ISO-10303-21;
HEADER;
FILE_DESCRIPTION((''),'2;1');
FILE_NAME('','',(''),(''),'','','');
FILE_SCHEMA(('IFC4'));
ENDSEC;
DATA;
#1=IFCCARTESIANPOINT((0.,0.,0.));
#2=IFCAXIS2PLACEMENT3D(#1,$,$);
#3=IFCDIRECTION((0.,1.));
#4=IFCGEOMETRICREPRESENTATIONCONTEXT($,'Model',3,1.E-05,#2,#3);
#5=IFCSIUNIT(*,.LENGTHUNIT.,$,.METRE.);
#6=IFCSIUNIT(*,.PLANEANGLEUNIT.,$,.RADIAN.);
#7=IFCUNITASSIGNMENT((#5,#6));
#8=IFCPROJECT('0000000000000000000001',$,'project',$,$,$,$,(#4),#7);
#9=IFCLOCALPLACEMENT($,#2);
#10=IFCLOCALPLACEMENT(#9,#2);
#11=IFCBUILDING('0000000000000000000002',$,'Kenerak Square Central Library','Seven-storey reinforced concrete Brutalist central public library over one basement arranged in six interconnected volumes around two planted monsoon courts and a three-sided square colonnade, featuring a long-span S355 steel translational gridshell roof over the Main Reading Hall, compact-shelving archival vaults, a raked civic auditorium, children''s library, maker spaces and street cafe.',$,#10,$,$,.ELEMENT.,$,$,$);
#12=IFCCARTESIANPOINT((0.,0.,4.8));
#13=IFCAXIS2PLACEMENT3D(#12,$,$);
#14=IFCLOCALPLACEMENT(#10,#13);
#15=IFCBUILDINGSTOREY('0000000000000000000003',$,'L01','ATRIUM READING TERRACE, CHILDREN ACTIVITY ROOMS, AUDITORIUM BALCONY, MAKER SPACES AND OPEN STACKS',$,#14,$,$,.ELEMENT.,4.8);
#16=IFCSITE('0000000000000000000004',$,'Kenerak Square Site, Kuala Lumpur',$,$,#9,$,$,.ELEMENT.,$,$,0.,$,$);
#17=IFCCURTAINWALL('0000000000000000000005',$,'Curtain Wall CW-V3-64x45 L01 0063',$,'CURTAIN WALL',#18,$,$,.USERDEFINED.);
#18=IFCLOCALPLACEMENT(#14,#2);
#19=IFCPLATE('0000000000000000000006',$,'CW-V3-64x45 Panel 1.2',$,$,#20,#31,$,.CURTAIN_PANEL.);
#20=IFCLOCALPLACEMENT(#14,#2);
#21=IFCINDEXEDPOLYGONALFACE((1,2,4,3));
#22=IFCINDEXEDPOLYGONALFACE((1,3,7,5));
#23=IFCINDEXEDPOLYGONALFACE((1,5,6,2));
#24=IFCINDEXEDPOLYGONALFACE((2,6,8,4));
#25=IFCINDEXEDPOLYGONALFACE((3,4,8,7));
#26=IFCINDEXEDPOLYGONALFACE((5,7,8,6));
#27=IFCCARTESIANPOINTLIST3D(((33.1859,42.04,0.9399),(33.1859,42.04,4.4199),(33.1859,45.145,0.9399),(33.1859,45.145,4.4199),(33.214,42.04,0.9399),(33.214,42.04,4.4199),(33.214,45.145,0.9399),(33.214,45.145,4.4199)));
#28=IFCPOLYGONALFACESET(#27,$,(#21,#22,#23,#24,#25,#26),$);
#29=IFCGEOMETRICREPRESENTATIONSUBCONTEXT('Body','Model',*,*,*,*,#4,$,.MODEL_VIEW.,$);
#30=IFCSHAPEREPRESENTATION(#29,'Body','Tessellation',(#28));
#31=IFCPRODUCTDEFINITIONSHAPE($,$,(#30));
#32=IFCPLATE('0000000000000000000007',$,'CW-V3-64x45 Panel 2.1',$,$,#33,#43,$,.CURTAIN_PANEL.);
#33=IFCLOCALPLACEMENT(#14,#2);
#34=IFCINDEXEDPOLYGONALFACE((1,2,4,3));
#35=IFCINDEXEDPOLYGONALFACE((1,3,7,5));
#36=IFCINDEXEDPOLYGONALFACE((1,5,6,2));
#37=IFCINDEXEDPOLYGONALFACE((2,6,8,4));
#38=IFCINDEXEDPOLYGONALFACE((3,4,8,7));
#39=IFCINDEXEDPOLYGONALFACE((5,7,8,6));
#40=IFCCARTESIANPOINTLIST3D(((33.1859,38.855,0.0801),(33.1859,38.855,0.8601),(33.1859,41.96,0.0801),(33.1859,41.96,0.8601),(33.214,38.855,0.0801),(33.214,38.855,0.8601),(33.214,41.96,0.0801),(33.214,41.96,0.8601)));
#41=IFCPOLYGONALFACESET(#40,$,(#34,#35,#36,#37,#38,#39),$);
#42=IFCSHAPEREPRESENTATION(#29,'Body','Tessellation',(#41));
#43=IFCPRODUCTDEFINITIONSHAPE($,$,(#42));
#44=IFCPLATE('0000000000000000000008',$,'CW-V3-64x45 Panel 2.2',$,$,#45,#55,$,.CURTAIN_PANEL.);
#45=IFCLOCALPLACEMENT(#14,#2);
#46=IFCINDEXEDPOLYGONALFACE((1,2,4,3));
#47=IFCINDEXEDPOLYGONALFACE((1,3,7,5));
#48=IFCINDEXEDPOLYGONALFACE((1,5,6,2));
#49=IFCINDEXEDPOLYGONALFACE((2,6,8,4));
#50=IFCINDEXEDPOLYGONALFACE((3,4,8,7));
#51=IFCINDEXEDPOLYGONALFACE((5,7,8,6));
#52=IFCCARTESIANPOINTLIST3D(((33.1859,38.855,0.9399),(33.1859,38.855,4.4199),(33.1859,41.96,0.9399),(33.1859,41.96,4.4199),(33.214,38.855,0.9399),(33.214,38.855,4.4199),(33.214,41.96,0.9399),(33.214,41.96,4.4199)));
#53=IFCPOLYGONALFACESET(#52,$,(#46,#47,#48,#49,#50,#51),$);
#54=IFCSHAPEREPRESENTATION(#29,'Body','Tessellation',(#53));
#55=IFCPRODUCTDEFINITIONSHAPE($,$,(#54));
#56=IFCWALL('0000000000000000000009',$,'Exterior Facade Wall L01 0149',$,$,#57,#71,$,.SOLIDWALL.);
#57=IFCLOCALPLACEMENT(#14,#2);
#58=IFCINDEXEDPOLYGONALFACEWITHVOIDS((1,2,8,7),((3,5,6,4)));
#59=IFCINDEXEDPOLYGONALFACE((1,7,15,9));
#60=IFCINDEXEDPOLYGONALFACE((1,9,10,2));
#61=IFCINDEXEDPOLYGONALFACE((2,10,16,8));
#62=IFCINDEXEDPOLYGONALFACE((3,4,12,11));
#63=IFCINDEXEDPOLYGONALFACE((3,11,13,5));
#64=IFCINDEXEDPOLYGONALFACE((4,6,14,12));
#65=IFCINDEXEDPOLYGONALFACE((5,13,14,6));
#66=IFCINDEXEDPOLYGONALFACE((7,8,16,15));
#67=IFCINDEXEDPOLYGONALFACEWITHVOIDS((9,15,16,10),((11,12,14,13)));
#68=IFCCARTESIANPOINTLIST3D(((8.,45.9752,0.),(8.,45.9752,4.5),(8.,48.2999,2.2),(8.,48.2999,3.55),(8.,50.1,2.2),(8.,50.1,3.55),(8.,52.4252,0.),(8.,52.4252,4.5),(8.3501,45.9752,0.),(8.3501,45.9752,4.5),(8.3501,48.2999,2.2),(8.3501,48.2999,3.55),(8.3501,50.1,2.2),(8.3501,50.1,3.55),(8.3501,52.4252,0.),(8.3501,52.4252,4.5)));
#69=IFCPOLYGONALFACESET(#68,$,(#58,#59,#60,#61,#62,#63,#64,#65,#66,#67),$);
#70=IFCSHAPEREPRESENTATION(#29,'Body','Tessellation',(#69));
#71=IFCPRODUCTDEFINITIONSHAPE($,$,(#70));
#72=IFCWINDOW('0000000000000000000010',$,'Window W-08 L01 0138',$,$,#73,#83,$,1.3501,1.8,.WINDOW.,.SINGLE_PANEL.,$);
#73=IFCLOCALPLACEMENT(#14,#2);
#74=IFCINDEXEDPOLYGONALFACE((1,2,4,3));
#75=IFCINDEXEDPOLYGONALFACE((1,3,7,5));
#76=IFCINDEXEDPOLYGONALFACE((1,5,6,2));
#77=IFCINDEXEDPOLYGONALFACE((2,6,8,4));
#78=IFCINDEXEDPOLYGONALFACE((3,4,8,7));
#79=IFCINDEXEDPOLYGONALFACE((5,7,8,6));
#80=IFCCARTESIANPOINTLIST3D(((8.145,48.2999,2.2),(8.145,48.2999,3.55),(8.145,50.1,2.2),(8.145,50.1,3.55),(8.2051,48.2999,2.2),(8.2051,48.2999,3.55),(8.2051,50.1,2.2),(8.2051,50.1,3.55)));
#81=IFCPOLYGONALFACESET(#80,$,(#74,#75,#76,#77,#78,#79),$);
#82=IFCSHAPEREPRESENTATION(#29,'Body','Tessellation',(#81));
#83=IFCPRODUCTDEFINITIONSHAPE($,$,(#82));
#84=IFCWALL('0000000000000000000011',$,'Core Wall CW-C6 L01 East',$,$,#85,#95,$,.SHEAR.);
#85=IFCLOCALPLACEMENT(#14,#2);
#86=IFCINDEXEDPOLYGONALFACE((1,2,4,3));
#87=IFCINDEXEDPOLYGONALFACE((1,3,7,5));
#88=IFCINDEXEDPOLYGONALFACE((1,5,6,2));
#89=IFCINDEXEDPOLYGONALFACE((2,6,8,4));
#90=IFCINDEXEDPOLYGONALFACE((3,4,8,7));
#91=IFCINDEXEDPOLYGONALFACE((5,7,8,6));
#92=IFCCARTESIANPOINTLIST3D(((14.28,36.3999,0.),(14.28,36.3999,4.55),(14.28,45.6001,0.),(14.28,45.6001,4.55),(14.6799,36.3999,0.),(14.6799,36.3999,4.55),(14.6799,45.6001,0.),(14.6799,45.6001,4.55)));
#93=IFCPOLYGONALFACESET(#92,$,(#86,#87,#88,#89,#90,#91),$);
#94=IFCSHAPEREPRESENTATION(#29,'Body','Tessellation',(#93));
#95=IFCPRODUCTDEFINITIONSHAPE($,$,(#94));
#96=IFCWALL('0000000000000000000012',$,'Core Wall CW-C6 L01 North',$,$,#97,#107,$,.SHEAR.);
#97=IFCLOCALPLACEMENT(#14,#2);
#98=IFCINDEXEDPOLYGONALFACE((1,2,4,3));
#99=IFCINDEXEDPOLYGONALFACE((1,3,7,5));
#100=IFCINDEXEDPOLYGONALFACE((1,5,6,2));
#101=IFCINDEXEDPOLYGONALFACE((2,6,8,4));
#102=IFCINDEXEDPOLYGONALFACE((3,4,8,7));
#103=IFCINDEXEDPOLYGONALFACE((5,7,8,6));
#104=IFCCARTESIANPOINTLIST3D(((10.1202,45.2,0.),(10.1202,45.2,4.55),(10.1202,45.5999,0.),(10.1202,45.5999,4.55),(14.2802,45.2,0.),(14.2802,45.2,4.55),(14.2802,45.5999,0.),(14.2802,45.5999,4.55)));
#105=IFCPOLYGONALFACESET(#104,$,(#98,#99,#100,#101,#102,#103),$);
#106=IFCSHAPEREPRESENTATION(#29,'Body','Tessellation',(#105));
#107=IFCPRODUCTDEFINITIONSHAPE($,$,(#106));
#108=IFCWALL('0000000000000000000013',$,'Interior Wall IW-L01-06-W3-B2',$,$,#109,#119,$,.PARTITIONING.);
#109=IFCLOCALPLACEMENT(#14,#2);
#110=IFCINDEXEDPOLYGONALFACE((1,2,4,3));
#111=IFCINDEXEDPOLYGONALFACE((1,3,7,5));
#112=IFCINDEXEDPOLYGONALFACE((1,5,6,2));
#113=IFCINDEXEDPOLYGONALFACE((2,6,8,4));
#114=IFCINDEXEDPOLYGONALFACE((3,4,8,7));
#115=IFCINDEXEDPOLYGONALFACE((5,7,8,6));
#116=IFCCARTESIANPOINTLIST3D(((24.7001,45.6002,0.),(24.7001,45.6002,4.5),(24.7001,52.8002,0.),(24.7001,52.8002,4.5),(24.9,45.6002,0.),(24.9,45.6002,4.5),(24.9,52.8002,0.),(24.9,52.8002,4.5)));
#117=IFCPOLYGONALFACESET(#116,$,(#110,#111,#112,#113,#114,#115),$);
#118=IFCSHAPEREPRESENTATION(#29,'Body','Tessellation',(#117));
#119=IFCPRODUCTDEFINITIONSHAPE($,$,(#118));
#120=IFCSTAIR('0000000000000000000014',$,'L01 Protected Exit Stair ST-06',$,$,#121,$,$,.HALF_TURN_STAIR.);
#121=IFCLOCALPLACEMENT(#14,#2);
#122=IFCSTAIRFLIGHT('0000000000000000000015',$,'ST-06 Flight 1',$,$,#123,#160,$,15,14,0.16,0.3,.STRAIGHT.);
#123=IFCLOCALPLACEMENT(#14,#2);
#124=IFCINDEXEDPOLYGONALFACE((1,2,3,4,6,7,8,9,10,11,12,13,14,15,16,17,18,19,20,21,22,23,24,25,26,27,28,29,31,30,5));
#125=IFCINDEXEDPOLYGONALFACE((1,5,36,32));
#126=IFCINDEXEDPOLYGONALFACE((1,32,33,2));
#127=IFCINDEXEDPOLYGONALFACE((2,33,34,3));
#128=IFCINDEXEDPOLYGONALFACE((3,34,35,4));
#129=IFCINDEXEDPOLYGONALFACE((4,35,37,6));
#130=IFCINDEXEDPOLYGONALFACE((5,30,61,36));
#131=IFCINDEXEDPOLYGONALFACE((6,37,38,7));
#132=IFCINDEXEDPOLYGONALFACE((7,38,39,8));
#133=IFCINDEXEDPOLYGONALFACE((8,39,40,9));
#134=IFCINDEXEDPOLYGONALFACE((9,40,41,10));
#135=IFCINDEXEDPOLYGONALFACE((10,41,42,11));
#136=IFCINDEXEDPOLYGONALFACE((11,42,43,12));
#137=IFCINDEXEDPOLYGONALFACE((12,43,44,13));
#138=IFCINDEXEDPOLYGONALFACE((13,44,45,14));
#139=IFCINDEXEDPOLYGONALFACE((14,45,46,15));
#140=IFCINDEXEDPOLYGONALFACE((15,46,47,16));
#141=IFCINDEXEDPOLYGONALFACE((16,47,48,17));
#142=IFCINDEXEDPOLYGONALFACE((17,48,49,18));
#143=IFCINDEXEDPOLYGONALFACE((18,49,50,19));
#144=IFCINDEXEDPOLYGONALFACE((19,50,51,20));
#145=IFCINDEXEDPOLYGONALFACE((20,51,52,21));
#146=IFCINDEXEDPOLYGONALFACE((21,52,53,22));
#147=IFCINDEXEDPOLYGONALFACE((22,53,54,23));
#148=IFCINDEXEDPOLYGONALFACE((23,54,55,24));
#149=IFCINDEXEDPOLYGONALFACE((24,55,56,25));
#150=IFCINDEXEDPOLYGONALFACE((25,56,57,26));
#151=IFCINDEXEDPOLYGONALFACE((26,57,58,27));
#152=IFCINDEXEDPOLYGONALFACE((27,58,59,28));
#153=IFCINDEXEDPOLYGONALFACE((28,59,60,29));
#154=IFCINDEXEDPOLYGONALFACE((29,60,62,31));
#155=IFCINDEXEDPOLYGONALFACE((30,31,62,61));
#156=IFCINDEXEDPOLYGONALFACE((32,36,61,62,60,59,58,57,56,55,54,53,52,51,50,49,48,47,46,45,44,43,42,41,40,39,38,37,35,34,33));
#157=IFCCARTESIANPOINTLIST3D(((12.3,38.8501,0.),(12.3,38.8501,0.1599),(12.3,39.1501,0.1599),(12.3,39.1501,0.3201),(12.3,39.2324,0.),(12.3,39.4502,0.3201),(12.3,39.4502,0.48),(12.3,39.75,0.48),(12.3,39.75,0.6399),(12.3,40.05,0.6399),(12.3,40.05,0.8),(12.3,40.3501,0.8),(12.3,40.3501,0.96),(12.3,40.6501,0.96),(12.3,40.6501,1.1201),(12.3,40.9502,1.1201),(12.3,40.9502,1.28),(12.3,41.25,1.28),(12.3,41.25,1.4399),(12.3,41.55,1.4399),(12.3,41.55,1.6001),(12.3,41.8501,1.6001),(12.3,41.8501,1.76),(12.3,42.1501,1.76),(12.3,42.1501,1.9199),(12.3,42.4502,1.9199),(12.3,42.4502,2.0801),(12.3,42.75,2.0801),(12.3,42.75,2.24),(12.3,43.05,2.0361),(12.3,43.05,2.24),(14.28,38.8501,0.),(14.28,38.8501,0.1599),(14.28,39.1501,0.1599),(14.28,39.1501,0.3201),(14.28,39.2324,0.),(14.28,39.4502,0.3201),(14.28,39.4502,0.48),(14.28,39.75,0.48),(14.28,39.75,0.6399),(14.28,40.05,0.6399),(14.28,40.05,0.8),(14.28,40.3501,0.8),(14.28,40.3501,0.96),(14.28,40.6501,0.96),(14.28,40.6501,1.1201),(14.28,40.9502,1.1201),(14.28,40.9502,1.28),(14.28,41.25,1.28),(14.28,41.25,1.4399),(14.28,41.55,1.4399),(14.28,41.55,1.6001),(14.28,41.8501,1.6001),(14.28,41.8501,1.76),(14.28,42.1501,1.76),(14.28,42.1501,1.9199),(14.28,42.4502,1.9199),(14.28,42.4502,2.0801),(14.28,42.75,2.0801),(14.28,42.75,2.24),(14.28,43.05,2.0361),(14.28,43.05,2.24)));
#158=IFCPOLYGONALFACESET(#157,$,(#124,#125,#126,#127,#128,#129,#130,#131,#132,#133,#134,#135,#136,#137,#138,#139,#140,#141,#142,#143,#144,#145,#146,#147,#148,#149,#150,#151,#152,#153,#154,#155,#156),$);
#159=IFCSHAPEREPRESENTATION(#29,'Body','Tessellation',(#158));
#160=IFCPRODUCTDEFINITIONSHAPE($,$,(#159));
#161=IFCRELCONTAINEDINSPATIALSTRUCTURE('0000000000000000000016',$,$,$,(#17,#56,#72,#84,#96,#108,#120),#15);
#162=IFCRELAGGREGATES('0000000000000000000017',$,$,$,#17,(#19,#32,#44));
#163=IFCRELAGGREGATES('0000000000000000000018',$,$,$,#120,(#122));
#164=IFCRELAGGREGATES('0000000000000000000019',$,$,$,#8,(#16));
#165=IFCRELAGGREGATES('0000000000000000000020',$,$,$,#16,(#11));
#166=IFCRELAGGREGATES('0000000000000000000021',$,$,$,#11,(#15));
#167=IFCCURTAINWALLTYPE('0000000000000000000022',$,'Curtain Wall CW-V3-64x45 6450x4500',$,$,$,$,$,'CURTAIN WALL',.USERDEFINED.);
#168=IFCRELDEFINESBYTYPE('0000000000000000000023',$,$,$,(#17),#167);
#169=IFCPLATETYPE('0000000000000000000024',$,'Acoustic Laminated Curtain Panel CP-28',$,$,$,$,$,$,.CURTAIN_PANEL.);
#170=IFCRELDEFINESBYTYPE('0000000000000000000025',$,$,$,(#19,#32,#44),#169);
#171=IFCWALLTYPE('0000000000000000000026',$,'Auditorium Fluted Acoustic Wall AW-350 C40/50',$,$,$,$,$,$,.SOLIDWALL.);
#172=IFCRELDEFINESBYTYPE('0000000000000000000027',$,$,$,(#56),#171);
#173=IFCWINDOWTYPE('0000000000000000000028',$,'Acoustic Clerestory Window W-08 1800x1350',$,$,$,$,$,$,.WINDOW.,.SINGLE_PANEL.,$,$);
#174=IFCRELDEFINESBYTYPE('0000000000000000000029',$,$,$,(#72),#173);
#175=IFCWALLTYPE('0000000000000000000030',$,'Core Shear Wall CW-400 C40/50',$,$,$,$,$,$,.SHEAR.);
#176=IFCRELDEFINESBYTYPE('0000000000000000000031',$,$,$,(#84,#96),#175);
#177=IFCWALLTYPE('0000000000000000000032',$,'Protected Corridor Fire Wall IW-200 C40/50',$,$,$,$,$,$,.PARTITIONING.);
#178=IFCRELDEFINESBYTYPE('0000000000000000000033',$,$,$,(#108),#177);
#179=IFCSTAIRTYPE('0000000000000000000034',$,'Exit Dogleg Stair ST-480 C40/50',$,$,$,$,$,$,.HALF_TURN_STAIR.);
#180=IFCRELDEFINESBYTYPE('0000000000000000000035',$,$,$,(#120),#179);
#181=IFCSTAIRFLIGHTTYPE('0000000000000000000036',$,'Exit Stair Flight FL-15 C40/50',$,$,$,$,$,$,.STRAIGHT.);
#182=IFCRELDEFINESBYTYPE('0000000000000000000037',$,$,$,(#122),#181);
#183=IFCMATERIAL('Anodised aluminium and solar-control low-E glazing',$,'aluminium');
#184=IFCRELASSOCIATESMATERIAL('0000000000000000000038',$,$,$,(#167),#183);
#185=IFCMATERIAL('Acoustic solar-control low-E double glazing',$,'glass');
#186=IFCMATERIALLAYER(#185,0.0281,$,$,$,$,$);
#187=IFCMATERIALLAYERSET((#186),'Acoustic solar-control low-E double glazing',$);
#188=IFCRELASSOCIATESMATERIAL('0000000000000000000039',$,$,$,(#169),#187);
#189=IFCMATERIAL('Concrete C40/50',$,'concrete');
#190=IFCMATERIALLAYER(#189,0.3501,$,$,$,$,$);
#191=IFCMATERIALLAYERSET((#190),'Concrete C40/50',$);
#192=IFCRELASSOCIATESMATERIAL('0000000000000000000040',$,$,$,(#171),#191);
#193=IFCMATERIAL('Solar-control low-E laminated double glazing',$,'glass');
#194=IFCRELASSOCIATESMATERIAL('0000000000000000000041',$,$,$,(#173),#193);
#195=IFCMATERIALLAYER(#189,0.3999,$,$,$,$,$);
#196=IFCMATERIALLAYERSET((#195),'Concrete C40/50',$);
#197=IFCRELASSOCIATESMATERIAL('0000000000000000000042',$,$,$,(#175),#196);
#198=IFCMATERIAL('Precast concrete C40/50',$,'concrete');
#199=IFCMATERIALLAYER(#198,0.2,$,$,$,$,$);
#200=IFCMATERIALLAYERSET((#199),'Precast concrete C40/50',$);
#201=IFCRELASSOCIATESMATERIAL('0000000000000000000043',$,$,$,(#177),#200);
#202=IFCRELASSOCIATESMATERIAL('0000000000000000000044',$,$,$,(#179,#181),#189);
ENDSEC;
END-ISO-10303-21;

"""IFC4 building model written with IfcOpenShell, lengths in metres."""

from ifc_helpers import new_model, si_unit, direction, frame, frame_2d, origin, origin_2d, place, context, subcontext, project, spatial, polyline, rectangle, outline, extrude, material, layer, layer_set, type_object, element, fill, aggregate, save


model = new_model("IFC4")

# Units and contexts
model_context = context("Model", 3, precision=1e-05, world=origin(), true_north=direction((0.0, 1.0)))
body_context = subcontext(model_context, "Body", "Model", "MODEL_VIEW")
ifc_project = project(units=[si_unit("LENGTHUNIT", "METRE"), si_unit("PLANEANGLEUNIT", "RADIAN")], contexts=[model_context])

# Site, building, storey
site_placement = place(None, origin())
site = spatial("IfcSite", under=ifc_project, at=site_placement, Name="Kenerak Square Site, Kuala Lumpur", CompositionType="ELEMENT", RefElevation=0.0)
building_placement = place(site_placement, origin())
building = spatial("IfcBuilding", under=site, at=building_placement, Name="Kenerak Square Central Library", Description="Seven-storey reinforced concrete Brutalist central public library over one basement arranged in six interconnected volumes around two planted monsoon courts and a three-sided square colonnade, featuring a long-span S355 steel translational gridshell roof over the Main Reading Hall, compact-shelving archival vaults, a raked civic auditorium, children's library, maker spaces and street cafe.", CompositionType="ELEMENT")
storey_placement = place(building_placement, frame((0.0, 0.0, 4.8)))
storey = spatial("IfcBuildingStorey", under=building, at=storey_placement, Name="L01", Description="ATRIUM READING TERRACE, CHILDREN ACTIVITY ROOMS, AUDITORIUM BALCONY, MAKER SPACES AND OPEN STACKS", CompositionType="ELEMENT", Elevation=4.8)

# Shared definitions
ifc_material_1 = material(Name="Concrete C40/50", Category="concrete")

# Curtain wall
ifc_material_2 = material(Name="Anodised aluminium and solar-control low-E glazing", Category="aluminium")
curtain_wall_type = type_object("IfcCurtainWallType", Name="Curtain Wall CW-V3-64x45 6450x4500", ElementType="CURTAIN WALL", PredefinedType="USERDEFINED", material=ifc_material_2)
curtain_wall_placement = place(storey_placement, origin())
curtain_wall = element("IfcCurtainWall", 1, at=curtain_wall_placement, inside=storey, type_object=curtain_wall_type, Name="Curtain Wall CW-V3-64x45 L01 0063", ObjectType="CURTAIN WALL", PredefinedType="USERDEFINED")

# Plates
ifc_material_3 = material(Name="Acoustic solar-control low-E double glazing", Category="glass")
ifc_layer_1 = layer(ifc_material_3, 0.0281)
ifc_layer_set_1 = layer_set([ifc_layer_1], Name="Acoustic solar-control low-E double glazing")
plate_type = type_object("IfcPlateType", Name="Acoustic Laminated Curtain Panel CP-28", PredefinedType="CURTAIN_PANEL", material=ifc_layer_set_1)
plate_1_placement = place(storey_placement, frame((33.2, 43.5925, 0.9399), z_axis=(0.0, 0.0, 1.0), x_axis=(0.0, -1.0, 0.0)))
plate_1 = element("IfcPlate", 2, at=plate_1_placement, type_object=plate_type, Name="CW-V3-64x45 Panel 1.2", PredefinedType="CURTAIN_PANEL", context=body_context, shape_type="SweptSolid", body=[
    extrude(rectangle(XDim=3.105, YDim=0.0281, at=origin_2d()), origin(), (0.0, 0.0, 1.0), 3.48),
])
plate_2_placement = place(storey_placement, frame((33.2, 40.4075, 0.0801), z_axis=(0.0, 0.0, 1.0), x_axis=(0.0, -1.0, 0.0)))
plate_2 = element("IfcPlate", 3, at=plate_2_placement, type_object=plate_type, Name="CW-V3-64x45 Panel 2.1", PredefinedType="CURTAIN_PANEL", context=body_context, shape_type="SweptSolid", body=[
    extrude(rectangle(XDim=3.105, YDim=0.0281, at=origin_2d()), origin(), (0.0, 0.0, 1.0), 0.78),
])
plate_3_placement = place(storey_placement, frame((33.2, 40.4075, 0.9399), z_axis=(0.0, 0.0, 1.0), x_axis=(0.0, -1.0, 0.0)))
plate_3 = element("IfcPlate", 4, at=plate_3_placement, type_object=plate_type, Name="CW-V3-64x45 Panel 2.2", PredefinedType="CURTAIN_PANEL", context=body_context, shape_type="SweptSolid", body=[
    extrude(rectangle(XDim=3.105, YDim=0.0281, at=origin_2d()), origin(), (0.0, 0.0, 1.0), 3.48),
])
aggregate(curtain_wall, [plate_1, plate_2, plate_3])

# Wall, opening, window
ifc_layer_2 = layer(ifc_material_1, 0.3501)
ifc_layer_set_2 = layer_set([ifc_layer_2], Name="Concrete C40/50")
wall_type_1 = type_object("IfcWallType", Name="Auditorium Fluted Acoustic Wall AW-350 C40/50", PredefinedType="SOLIDWALL", material=ifc_layer_set_2)
wall_1_placement = place(storey_placement, frame((8.175, 45.9751, 0.0), z_axis=(0.0, 0.0, 1.0), x_axis=(0.0, 1.0, 0.0)))
wall_1 = element("IfcWall", 5, at=wall_1_placement, inside=storey, type_object=wall_type_1, Name="Exterior Facade Wall L01 0149", PredefinedType="SOLIDWALL", context=body_context, shape_type="SweptSolid", body=[
    extrude(rectangle(XDim=6.45, YDim=0.3501, at=frame_2d((3.2251, 0.0))), origin(), (0.0, 0.0, 1.0), 4.5),
])
opening_placement = place(wall_1_placement, frame((2.325, 0.0, 2.2)))
opening = element("IfcOpeningElement", 6, at=opening_placement, cuts=wall_1, PredefinedType="OPENING", context=body_context, shape_type="SweptSolid", body=[
    extrude(rectangle(XDim=1.8, YDim=1.3501, at=frame_2d((0.8999, 0.675))), frame((0.0, 0.1851, 0.0), z_axis=(0.0, -1.0, 0.0), x_axis=(1.0, 0.0, 0.0)), (0.0, 0.0, 1.0), 0.3701),
])
ifc_material_4 = material(Name="Solar-control low-E laminated double glazing", Category="glass")
window_type = type_object("IfcWindowType", Name="Acoustic Clerestory Window W-08 1800x1350", PartitioningType="SINGLE_PANEL", PredefinedType="WINDOW", material=ifc_material_4)
window_placement = place(opening_placement, origin())
window = element("IfcWindow", 7, at=window_placement, inside=storey, type_object=window_type, Name="Window W-08 L01 0138", OverallHeight=1.3501, OverallWidth=1.8, PartitioningType="SINGLE_PANEL", PredefinedType="WINDOW", context=body_context, shape_type="SweptSolid", body=[
    extrude(rectangle(XDim=1.8, YDim=1.3501, at=frame_2d((0.8999, 0.675))), frame((0.0, 0.03, 0.0), z_axis=(0.0, -1.0, 0.0), x_axis=(1.0, 0.0, 0.0)), (0.0, 0.0, 1.0), 0.0601),
])
fill(opening, window)

# Walls
ifc_layer_3 = layer(ifc_material_1, 0.3999)
ifc_layer_set_3 = layer_set([ifc_layer_3], Name="Concrete C40/50")
wall_type_2 = type_object("IfcWallType", Name="Core Shear Wall CW-400 C40/50", PredefinedType="SHEAR", material=ifc_layer_set_3)
wall_2_placement = place(storey_placement, frame((14.48, 45.6001, 0.0), z_axis=(0.0, 0.0, 1.0), x_axis=(0.0, -1.0, 0.0)))
element("IfcWall", 8, at=wall_2_placement, inside=storey, type_object=wall_type_2, Name="Core Wall CW-C6 L01 East", PredefinedType="SHEAR", context=body_context, shape_type="SweptSolid", body=[
    extrude(rectangle(XDim=9.2002, YDim=0.3999, at=frame_2d((4.6001, 0.0))), origin(), (0.0, 0.0, 1.0), 4.55),
])
wall_3_placement = place(storey_placement, frame((10.1201, 45.3999, 0.0), z_axis=(0.0, 0.0, 1.0), x_axis=(1.0, 0.0, 0.0)))
element("IfcWall", 9, at=wall_3_placement, inside=storey, type_object=wall_type_2, Name="Core Wall CW-C6 L01 North", PredefinedType="SHEAR", context=body_context, shape_type="SweptSolid", body=[
    extrude(rectangle(XDim=4.1599, YDim=0.3999, at=frame_2d((2.0801, 0.0))), origin(), (0.0, 0.0, 1.0), 4.55),
])
ifc_material_5 = material(Name="Precast concrete C40/50", Category="concrete")
ifc_layer_4 = layer(ifc_material_5, 0.2)
ifc_layer_set_4 = layer_set([ifc_layer_4], Name="Precast concrete C40/50")
wall_type_3 = type_object("IfcWallType", Name="Protected Corridor Fire Wall IW-200 C40/50", PredefinedType="PARTITIONING", material=ifc_layer_set_4)
wall_4_placement = place(storey_placement, frame((24.8, 45.6001, 0.0), z_axis=(0.0, 0.0, 1.0), x_axis=(0.0, 1.0, 0.0)))
element("IfcWall", 10, at=wall_4_placement, inside=storey, type_object=wall_type_3, Name="Interior Wall IW-L01-06-W3-B2", PredefinedType="PARTITIONING", context=body_context, shape_type="SweptSolid", body=[
    extrude(rectangle(XDim=7.2, YDim=0.2, at=frame_2d((3.6001, 0.0))), origin(), (0.0, 0.0, 1.0), 4.5),
])

# Stair, stair flight
stair_type = type_object("IfcStairType", Name="Exit Dogleg Stair ST-480 C40/50", PredefinedType="HALF_TURN_STAIR", material=ifc_material_1)
stair_placement = place(storey_placement, origin())
stair = element("IfcStair", 11, at=stair_placement, inside=storey, type_object=stair_type, Name="L01 Protected Exit Stair ST-06", PredefinedType="HALF_TURN_STAIR")
stair_flight_type = type_object("IfcStairFlightType", Name="Exit Stair Flight FL-15 C40/50", PredefinedType="STRAIGHT", material=ifc_material_1)
stair_flight_1_placement = place(storey_placement, frame((13.29, 38.8501, 0.0), z_axis=(0.0, 0.0, 1.0), x_axis=(0.0, 1.0, 0.0)))
stair_flight_1 = element("IfcStairFlight", 12, at=stair_flight_1_placement, type_object=stair_flight_type, Name="ST-06 Flight 1", NumberOfRisers=15, NumberOfTreads=14, PredefinedType="STRAIGHT", RiserHeight=0.16, TreadLength=0.3, context=body_context, shape_type="SweptSolid", body=[
    extrude(outline(polyline([(0.0, 0.0), (0.0, 0.1599), (0.3, 0.1599), (0.3, 0.3201), (0.6001, 0.3201), (0.6001, 0.48), (0.8999, 0.48), (0.8999, 0.6399), (1.2, 0.6399), (1.2, 0.8), (1.5, 0.8), (1.5, 0.96), (1.8, 0.96), (1.8, 1.1201), (2.1001, 1.1201), (2.1001, 1.28), (2.3999, 1.28), (2.3999, 1.4399), (2.7, 1.4399), (2.7, 1.6001), (3.0, 1.6001), (3.0, 1.76), (3.3, 1.76), (3.3, 1.9199), (3.6001, 1.9199), (3.6001, 2.0801), (3.8999, 2.0801), (3.8999, 2.24), (4.2, 2.24), (4.2, 2.3999), (4.2, 2.0361), (0.3823, 0.0), (0.0, 0.0)])), frame((0.0, 0.99, 0.0), z_axis=(0.0, -1.0, 0.0), x_axis=(1.0, 0.0, 0.0)), (0.0, 0.0, 1.0), 1.98),
])
aggregate(stair, [stair_flight_1])

save(model, "model.ifc")
